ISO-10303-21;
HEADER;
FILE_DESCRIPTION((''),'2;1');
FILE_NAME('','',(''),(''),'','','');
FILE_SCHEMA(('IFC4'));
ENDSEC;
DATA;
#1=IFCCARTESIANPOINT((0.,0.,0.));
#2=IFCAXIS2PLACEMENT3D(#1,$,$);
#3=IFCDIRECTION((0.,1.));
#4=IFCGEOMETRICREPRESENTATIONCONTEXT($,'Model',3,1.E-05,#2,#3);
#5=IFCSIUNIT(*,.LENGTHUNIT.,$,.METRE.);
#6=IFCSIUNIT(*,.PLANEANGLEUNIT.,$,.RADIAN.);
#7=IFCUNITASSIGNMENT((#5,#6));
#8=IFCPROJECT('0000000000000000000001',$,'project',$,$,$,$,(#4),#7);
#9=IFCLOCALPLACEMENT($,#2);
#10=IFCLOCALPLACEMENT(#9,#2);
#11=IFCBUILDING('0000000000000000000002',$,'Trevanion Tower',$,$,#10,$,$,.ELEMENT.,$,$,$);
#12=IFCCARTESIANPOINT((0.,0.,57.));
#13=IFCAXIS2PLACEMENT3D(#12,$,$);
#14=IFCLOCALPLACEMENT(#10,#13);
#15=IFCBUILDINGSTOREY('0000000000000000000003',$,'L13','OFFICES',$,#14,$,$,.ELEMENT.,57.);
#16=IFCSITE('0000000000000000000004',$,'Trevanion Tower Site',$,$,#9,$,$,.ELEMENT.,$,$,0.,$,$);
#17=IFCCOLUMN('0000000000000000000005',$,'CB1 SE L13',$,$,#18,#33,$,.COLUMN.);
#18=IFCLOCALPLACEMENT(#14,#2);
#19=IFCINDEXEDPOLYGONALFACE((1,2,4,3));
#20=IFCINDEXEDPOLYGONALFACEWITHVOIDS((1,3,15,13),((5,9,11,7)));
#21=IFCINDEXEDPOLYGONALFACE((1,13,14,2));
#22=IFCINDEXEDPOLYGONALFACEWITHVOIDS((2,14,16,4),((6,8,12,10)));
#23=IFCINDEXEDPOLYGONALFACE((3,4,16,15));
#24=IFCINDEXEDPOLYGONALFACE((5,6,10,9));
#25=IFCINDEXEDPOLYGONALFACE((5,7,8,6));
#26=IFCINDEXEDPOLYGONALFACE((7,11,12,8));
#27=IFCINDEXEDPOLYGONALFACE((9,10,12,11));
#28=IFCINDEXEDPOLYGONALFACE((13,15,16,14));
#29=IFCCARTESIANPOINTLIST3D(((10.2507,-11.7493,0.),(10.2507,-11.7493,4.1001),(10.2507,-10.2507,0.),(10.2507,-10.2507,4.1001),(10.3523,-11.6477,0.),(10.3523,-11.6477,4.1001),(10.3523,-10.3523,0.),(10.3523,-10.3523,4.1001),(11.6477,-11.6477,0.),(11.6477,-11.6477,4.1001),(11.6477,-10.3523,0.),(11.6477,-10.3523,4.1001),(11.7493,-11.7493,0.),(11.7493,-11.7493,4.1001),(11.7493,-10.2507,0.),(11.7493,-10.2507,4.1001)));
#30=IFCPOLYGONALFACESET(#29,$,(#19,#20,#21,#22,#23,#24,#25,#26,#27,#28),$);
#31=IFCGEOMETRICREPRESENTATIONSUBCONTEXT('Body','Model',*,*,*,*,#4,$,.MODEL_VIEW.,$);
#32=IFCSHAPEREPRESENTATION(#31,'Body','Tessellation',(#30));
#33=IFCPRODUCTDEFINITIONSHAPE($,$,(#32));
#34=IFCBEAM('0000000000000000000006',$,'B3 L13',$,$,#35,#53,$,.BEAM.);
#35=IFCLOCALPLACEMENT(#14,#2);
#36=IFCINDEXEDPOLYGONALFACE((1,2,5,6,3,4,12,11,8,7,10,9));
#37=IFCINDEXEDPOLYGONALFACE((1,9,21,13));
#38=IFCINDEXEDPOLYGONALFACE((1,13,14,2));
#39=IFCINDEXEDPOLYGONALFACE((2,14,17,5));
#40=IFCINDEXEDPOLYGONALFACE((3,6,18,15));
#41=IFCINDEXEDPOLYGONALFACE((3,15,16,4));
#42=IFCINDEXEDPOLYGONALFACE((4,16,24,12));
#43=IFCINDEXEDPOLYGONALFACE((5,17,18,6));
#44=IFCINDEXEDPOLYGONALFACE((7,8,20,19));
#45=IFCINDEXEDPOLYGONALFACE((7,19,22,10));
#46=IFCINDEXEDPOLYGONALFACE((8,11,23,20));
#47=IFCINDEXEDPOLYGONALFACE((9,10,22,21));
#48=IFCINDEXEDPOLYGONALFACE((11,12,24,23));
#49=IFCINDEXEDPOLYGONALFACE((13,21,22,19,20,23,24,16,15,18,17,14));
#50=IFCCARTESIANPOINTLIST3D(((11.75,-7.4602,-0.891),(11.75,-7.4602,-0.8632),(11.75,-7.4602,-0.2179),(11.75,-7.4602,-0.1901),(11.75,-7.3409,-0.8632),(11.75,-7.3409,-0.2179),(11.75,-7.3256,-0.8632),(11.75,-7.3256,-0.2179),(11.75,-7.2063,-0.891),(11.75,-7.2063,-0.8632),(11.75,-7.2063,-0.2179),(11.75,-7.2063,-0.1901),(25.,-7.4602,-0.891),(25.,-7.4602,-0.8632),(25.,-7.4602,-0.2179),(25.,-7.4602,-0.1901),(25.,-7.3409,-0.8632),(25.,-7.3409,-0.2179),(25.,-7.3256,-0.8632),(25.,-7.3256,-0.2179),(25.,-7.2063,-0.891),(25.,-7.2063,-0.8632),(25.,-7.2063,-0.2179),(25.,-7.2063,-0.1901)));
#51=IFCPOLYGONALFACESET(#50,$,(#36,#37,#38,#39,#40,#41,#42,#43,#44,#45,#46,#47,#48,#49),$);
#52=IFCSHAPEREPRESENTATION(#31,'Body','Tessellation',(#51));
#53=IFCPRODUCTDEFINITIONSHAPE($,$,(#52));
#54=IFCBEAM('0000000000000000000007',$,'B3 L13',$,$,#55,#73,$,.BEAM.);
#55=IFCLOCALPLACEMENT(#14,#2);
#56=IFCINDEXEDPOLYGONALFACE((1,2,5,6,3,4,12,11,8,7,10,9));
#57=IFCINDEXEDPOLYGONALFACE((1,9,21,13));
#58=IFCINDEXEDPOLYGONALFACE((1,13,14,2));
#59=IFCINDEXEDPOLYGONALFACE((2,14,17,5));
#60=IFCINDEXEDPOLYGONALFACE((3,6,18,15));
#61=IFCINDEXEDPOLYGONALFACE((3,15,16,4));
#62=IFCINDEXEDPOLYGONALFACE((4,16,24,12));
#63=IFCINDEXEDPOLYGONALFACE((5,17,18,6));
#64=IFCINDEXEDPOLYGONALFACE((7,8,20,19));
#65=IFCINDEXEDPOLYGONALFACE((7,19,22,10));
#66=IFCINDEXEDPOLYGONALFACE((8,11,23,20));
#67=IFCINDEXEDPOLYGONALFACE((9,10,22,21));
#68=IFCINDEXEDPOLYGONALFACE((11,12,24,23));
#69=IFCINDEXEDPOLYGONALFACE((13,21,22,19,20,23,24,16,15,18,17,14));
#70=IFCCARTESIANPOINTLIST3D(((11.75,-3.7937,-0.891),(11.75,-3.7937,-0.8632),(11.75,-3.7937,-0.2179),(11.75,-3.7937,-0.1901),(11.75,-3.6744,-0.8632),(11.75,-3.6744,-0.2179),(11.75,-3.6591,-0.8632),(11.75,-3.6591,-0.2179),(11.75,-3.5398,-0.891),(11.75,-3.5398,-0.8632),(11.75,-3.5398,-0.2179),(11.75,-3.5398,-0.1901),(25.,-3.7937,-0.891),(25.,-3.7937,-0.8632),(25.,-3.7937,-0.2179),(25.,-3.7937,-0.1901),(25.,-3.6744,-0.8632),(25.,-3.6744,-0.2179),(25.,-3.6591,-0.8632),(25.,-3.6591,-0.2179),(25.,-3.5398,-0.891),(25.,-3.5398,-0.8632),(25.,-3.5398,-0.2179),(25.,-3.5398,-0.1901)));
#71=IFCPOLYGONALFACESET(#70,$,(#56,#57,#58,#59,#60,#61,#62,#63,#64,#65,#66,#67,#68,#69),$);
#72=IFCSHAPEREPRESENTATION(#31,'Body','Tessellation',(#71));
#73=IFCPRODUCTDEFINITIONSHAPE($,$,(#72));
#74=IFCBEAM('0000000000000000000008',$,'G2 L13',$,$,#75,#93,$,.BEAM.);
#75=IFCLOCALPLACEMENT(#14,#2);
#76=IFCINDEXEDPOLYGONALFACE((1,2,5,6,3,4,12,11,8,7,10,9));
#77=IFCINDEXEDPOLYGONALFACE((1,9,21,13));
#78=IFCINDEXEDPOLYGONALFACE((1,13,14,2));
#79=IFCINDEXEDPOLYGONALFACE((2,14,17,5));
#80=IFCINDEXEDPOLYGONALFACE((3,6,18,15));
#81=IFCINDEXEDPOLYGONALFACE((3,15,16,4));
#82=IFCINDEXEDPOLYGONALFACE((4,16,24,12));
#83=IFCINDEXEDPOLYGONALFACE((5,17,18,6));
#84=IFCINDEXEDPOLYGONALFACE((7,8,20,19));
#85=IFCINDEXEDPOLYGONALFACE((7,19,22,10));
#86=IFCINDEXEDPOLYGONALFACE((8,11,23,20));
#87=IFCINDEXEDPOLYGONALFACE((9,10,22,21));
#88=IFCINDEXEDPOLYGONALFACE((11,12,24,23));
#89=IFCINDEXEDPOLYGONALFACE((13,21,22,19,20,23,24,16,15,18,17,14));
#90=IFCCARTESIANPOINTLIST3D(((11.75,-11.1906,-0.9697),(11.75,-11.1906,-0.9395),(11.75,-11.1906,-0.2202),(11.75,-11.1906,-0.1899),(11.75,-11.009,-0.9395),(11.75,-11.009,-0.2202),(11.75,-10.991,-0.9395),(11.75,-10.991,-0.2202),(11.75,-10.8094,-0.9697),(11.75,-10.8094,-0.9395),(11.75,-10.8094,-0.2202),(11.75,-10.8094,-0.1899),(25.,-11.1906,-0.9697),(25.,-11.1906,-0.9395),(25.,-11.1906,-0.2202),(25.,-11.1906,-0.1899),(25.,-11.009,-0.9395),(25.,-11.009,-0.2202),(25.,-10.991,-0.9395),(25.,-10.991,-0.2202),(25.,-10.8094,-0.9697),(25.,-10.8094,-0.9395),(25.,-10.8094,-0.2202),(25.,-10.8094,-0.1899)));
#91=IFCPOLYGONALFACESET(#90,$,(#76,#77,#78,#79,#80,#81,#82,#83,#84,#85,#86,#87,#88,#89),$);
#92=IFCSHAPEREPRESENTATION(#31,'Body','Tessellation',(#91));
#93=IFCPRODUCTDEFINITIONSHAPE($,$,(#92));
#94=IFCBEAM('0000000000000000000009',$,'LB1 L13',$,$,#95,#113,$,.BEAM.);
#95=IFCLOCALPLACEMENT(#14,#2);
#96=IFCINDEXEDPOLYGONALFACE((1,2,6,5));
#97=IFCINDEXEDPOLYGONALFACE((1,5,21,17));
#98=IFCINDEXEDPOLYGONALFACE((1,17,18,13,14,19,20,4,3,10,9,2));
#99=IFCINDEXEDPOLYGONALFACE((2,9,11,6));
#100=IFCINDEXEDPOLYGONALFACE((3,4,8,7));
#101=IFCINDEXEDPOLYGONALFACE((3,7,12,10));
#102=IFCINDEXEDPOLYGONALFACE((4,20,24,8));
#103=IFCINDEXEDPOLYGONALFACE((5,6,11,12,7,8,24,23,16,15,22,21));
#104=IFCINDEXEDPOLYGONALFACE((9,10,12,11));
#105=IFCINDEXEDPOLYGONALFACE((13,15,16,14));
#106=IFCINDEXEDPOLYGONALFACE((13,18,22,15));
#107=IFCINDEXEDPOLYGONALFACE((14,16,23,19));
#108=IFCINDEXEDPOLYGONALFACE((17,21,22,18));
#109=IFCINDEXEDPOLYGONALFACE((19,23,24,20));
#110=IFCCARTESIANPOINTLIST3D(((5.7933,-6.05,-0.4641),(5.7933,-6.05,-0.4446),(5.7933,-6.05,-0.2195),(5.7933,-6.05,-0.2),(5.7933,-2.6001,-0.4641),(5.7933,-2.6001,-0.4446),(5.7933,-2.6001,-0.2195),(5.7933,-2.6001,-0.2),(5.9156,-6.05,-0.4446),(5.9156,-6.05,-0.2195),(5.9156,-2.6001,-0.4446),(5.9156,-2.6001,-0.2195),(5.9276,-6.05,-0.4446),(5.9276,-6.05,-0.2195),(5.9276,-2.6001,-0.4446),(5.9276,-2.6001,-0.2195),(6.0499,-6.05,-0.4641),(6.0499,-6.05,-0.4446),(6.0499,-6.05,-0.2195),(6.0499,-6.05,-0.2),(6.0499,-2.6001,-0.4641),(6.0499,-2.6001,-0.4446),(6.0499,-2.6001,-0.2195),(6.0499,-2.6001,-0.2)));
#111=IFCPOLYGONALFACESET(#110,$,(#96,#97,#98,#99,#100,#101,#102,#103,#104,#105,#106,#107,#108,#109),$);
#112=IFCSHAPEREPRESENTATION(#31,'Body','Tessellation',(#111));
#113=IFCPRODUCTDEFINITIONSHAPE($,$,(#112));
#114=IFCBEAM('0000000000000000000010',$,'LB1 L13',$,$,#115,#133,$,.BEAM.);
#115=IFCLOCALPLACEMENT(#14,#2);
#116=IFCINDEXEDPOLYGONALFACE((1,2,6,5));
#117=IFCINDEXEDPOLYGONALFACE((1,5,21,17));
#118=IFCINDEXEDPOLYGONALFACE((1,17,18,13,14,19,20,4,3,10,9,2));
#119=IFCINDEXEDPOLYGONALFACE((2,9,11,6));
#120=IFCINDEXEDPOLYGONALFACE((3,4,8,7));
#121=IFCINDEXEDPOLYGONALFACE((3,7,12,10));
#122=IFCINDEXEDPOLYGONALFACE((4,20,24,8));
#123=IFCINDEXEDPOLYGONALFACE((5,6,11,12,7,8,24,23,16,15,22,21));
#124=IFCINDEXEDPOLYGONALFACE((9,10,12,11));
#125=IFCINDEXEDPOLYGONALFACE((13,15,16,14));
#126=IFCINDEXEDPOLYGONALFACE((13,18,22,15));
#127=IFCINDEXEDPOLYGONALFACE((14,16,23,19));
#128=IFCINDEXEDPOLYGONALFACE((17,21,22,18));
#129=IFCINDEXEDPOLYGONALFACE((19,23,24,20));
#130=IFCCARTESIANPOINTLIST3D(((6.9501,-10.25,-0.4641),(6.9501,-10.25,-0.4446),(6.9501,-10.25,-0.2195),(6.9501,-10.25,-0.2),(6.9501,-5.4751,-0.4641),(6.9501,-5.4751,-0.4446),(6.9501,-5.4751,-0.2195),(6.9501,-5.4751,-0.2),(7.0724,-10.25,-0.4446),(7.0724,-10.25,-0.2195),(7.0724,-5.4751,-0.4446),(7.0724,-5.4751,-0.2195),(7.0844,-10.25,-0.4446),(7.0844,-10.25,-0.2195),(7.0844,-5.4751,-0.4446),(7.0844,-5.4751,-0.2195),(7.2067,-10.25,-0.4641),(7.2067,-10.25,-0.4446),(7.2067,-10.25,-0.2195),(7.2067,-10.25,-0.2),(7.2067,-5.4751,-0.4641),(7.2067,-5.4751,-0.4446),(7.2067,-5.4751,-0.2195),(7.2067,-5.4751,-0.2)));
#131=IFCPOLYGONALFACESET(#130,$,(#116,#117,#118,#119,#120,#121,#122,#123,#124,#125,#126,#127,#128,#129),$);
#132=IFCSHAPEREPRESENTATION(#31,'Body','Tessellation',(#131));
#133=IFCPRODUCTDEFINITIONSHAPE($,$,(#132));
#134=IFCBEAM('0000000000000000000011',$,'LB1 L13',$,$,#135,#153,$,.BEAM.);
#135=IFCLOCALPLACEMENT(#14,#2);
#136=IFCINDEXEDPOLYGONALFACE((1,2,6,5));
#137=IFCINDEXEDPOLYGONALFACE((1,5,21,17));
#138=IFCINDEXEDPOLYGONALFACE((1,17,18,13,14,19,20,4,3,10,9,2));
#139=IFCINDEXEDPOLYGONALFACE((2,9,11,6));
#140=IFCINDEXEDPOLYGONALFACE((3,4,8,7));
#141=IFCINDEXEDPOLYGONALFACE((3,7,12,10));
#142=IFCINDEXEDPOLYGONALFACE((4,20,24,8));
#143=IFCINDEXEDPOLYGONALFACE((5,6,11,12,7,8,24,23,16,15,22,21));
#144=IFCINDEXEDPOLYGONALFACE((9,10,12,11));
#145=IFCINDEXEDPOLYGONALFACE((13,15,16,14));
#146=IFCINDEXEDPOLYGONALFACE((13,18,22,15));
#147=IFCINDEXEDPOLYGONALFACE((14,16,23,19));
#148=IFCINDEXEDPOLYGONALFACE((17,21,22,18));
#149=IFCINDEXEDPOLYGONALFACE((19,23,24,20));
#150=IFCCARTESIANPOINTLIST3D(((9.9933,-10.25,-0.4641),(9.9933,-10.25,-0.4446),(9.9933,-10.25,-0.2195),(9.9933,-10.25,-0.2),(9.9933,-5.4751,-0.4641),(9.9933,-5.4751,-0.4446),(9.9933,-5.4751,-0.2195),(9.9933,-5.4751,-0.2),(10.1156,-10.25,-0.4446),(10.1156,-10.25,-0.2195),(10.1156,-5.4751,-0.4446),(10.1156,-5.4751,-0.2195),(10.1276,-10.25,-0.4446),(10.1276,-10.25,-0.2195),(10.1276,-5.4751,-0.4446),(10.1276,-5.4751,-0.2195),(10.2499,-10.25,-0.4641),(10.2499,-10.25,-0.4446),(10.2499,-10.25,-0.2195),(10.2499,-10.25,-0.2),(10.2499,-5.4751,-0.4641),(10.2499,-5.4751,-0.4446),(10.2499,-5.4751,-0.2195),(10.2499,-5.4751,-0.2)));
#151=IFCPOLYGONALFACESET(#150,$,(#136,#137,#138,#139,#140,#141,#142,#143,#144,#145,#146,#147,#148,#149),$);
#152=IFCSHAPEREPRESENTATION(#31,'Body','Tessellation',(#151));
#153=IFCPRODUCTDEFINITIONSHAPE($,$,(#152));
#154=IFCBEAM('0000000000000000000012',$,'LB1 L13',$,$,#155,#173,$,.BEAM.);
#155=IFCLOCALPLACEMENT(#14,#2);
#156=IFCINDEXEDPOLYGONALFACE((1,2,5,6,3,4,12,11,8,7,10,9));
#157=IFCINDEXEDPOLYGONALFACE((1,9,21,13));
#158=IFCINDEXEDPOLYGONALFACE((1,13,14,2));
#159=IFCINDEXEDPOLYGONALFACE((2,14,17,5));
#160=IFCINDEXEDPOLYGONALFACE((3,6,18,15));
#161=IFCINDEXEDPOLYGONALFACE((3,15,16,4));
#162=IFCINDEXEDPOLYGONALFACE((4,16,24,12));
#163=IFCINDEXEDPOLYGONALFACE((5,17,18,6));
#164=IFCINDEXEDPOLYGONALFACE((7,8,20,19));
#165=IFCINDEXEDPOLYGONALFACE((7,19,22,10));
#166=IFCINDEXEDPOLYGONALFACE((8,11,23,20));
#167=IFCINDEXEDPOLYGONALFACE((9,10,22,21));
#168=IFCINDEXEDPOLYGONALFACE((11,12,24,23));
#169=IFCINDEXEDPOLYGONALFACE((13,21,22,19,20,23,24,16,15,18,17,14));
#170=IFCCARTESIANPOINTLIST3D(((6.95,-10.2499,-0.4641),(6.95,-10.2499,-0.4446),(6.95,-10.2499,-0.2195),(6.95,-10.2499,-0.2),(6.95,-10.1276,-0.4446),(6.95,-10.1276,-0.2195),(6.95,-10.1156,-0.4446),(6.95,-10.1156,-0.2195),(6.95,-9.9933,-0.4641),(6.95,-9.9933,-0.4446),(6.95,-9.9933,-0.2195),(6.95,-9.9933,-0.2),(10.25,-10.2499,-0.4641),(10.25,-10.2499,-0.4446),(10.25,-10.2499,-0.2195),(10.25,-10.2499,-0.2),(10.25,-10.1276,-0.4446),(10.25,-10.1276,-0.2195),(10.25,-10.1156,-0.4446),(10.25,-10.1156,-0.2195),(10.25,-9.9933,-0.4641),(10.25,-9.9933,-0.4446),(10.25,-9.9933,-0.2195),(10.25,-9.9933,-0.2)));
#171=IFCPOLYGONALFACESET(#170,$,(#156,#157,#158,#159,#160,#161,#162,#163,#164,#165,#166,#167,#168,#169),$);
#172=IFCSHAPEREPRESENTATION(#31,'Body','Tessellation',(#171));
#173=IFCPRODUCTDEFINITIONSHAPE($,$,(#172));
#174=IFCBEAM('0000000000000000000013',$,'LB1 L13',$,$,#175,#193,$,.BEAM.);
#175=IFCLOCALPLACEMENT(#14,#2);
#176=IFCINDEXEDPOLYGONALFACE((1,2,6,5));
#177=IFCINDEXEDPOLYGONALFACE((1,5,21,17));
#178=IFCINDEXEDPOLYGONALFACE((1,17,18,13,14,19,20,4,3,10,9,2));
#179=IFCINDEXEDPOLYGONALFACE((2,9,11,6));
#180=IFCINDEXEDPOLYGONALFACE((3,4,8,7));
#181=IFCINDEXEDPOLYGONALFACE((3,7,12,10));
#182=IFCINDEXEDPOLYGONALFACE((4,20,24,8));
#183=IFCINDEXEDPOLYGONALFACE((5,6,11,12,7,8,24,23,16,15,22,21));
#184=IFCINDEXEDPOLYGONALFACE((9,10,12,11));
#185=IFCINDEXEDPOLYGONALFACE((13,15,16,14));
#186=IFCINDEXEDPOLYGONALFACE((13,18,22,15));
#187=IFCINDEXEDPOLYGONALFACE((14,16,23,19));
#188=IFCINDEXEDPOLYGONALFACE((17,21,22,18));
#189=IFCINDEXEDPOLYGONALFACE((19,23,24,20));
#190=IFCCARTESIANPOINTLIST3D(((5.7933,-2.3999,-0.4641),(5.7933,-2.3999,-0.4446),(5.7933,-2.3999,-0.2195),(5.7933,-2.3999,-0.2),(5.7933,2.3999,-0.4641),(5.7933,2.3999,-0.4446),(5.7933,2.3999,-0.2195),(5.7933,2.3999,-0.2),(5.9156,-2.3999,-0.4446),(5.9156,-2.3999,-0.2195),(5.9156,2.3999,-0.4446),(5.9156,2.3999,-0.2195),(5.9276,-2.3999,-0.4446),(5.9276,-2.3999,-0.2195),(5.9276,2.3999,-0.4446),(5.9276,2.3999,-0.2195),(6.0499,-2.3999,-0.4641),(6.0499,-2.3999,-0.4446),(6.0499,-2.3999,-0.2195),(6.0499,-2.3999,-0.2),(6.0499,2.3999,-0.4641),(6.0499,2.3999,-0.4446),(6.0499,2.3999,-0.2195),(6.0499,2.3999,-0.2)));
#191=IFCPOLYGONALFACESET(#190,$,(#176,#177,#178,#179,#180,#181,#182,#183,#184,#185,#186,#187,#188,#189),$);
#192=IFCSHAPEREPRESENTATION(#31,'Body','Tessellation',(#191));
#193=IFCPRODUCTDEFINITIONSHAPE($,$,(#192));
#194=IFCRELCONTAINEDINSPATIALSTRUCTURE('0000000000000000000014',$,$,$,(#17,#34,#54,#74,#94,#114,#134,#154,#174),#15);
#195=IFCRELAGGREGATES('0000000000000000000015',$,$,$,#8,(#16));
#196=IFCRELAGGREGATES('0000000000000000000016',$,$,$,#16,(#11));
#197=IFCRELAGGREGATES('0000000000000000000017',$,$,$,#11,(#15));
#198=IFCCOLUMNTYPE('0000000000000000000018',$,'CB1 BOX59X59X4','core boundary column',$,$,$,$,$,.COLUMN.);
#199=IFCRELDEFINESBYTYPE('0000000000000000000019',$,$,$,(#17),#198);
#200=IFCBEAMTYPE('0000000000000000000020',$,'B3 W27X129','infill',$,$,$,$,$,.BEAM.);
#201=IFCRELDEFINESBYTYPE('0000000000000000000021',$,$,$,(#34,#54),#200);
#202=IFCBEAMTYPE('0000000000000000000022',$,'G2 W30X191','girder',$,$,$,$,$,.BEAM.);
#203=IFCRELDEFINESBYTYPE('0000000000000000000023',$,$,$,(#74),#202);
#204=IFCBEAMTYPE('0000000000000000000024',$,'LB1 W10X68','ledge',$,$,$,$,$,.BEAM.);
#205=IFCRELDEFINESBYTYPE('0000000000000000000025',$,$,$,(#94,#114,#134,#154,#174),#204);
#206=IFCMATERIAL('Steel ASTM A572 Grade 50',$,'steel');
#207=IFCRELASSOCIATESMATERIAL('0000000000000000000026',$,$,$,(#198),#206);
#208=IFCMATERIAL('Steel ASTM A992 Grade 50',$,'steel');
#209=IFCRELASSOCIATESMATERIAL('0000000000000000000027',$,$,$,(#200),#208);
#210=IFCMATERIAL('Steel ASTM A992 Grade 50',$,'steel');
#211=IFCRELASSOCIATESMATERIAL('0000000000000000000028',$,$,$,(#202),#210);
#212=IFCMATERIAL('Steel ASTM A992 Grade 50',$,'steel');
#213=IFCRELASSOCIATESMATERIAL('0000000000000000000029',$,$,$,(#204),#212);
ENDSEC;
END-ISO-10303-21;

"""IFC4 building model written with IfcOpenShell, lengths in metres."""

from ifc_helpers import new_model, si_unit, direction, frame, origin, origin_2d, place, context, subcontext, project, spatial, hollow_rectangle, i_section, extrude, material, material_profile, profile_set, type_object, element, save


model = new_model("IFC4")

# Units and contexts
model_context = context("Model", 3, precision=1e-05, world=origin(), true_north=direction((0.0, 1.0)))
body_context = subcontext(model_context, "Body", "Model", "MODEL_VIEW")
ifc_project = project(units=[si_unit("LENGTHUNIT", "METRE"), si_unit("PLANEANGLEUNIT", "RADIAN")], contexts=[model_context])

# Site, building, storey
site_placement = place(None, origin())
site = spatial("IfcSite", under=ifc_project, at=site_placement, Name="Trevanion Tower Site", CompositionType="ELEMENT", RefElevation=0.0)
building_placement = place(site_placement, origin())
building = spatial("IfcBuilding", under=site, at=building_placement, Name="Trevanion Tower", CompositionType="ELEMENT")
storey_placement = place(building_placement, frame((0.0, 0.0, 57.0)))
storey = spatial("IfcBuildingStorey", under=building, at=storey_placement, Name="L13", Description="OFFICES", CompositionType="ELEMENT", Elevation=57.0)

# Column
ifc_material_1 = material(Name="Steel ASTM A572 Grade 50", Category="steel")
ifc_material_profile_1 = material_profile(ifc_material_1, hollow_rectangle(XDim=1.4985, YDim=1.4985, WallThickness=0.1016, at=origin_2d()), Name="BOX59X59X4")
ifc_profile_set_1 = profile_set([ifc_material_profile_1], Name="Steel ASTM A572 Grade 50")
column_type = type_object("IfcColumnType", Name="CB1 BOX59X59X4", Description="core boundary column", PredefinedType="COLUMN", material=ifc_profile_set_1)
column_placement = place(storey_placement, frame((11.0, -11.0, 0.0), z_axis=(0.0, 0.0, 1.0), x_axis=(1.0, 0.0, 0.0)))
element("IfcColumn", 1, at=column_placement, inside=storey, type_object=column_type, Name="CB1 SE L13", PredefinedType="COLUMN", context=body_context, shape_type="SweptSolid", body=[
    extrude(hollow_rectangle(XDim=1.4985, YDim=1.4985, WallThickness=0.1016, at=origin_2d()), origin(), (0.0, 0.0, 1.0), 4.1001),
])

# Beams
ifc_material_2 = material(Name="Steel ASTM A992 Grade 50", Category="steel")
ifc_material_profile_2 = material_profile(ifc_material_2, i_section(OverallWidth=0.2539, OverallDepth=0.7009, WebThickness=0.0154, FlangeThickness=0.0278, at=origin_2d()), Name="W27X129")
ifc_profile_set_2 = profile_set([ifc_material_profile_2], Name="Steel ASTM A992 Grade 50")
beam_type_1 = type_object("IfcBeamType", Name="B3 W27X129", Description="infill", PredefinedType="BEAM", material=ifc_profile_set_2)
for number, where, z_axis, x_axis, name in (
    (2, (11.75, -7.3333, -0.5405), (1.0, 0.0, 0.0), (0.0, 1.0, 0.0), "B3 L13"),
    (3, (11.75, -3.6667, -0.5405), (1.0, 0.0, 0.0), (0.0, 1.0, 0.0), "B3 L13"),
):
    element("IfcBeam", number, at=place(storey_placement, frame(where, z_axis=z_axis, x_axis=x_axis)), inside=storey, type_object=beam_type_1, Name=name, PredefinedType="BEAM", context=body_context, shape_type="SweptSolid", body=[
        extrude(i_section(OverallWidth=0.2539, OverallDepth=0.7009, WebThickness=0.0154, FlangeThickness=0.0278, at=origin_2d()), origin(), (0.0, 0.0, 1.0), 13.25),
    ])
ifc_material_3 = material(Name="Steel ASTM A992 Grade 50", Category="steel")
ifc_material_profile_3 = material_profile(ifc_material_3, i_section(OverallWidth=0.3811, OverallDepth=0.7798, WebThickness=0.0181, FlangeThickness=0.0303, at=origin_2d()), Name="W30X191")
ifc_profile_set_3 = profile_set([ifc_material_profile_3], Name="Steel ASTM A992 Grade 50")
beam_type_2 = type_object("IfcBeamType", Name="G2 W30X191", Description="girder", PredefinedType="BEAM", material=ifc_profile_set_3)
beam_1_placement = place(storey_placement, frame((11.75, -11.0, -0.5798), z_axis=(1.0, 0.0, 0.0), x_axis=(0.0, 1.0, 0.0)))
element("IfcBeam", 4, at=beam_1_placement, inside=storey, type_object=beam_type_2, Name="G2 L13", PredefinedType="BEAM", context=body_context, shape_type="SweptSolid", body=[
    extrude(i_section(OverallWidth=0.3811, OverallDepth=0.7798, WebThickness=0.0181, FlangeThickness=0.0303, at=origin_2d()), origin(), (0.0, 0.0, 1.0), 13.25),
])
ifc_material_4 = material(Name="Steel ASTM A992 Grade 50", Category="steel")
ifc_material_profile_4 = material_profile(ifc_material_4, i_section(OverallWidth=0.2566, OverallDepth=0.2642, WebThickness=0.012, FlangeThickness=0.0195, at=origin_2d()), Name="W10X68")
ifc_profile_set_4 = profile_set([ifc_material_profile_4], Name="Steel ASTM A992 Grade 50")
beam_type_3 = type_object("IfcBeamType", Name="LB1 W10X68", Description="ledge", PredefinedType="BEAM", material=ifc_profile_set_4)
beam_2_placement = place(storey_placement, frame((5.9216, -6.05, -0.332), z_axis=(0.0, 1.0, 0.0), x_axis=(-1.0, 0.0, 0.0)))
element("IfcBeam", 5, at=beam_2_placement, inside=storey, type_object=beam_type_3, Name="LB1 L13", PredefinedType="BEAM", context=body_context, shape_type="SweptSolid", body=[
    extrude(i_section(OverallWidth=0.2566, OverallDepth=0.2642, WebThickness=0.012, FlangeThickness=0.0195, at=origin_2d()), origin(), (0.0, 0.0, 1.0), 3.45),
])
for number, where, z_axis, x_axis, name in (
    (6, (7.0784, -10.25, -0.332), (0.0, 1.0, 0.0), (-1.0, 0.0, 0.0), "LB1 L13"),
    (7, (10.1216, -10.25, -0.332), (0.0, 1.0, 0.0), (-1.0, 0.0, 0.0), "LB1 L13"),
):
    element("IfcBeam", number, at=place(storey_placement, frame(where, z_axis=z_axis, x_axis=x_axis)), inside=storey, type_object=beam_type_3, Name=name, PredefinedType="BEAM", context=body_context, shape_type="SweptSolid", body=[
        extrude(i_section(OverallWidth=0.2566, OverallDepth=0.2642, WebThickness=0.012, FlangeThickness=0.0195, at=origin_2d()), origin(), (0.0, 0.0, 1.0), 4.7749),
    ])
beam_3_placement = place(storey_placement, frame((6.95, -10.1216, -0.332), z_axis=(1.0, 0.0, 0.0), x_axis=(0.0, 1.0, 0.0)))
element("IfcBeam", 8, at=beam_3_placement, inside=storey, type_object=beam_type_3, Name="LB1 L13", PredefinedType="BEAM", context=body_context, shape_type="SweptSolid", body=[
    extrude(i_section(OverallWidth=0.2566, OverallDepth=0.2642, WebThickness=0.012, FlangeThickness=0.0195, at=origin_2d()), origin(), (0.0, 0.0, 1.0), 3.3),
])
beam_4_placement = place(storey_placement, frame((5.9216, -2.3999, -0.332), z_axis=(0.0, 1.0, 0.0), x_axis=(-1.0, 0.0, 0.0)))
element("IfcBeam", 9, at=beam_4_placement, inside=storey, type_object=beam_type_3, Name="LB1 L13", PredefinedType="BEAM", context=body_context, shape_type="SweptSolid", body=[
    extrude(i_section(OverallWidth=0.2566, OverallDepth=0.2642, WebThickness=0.012, FlangeThickness=0.0195, at=origin_2d()), origin(), (0.0, 0.0, 1.0), 4.7998),
])

save(model, "model.ifc")
